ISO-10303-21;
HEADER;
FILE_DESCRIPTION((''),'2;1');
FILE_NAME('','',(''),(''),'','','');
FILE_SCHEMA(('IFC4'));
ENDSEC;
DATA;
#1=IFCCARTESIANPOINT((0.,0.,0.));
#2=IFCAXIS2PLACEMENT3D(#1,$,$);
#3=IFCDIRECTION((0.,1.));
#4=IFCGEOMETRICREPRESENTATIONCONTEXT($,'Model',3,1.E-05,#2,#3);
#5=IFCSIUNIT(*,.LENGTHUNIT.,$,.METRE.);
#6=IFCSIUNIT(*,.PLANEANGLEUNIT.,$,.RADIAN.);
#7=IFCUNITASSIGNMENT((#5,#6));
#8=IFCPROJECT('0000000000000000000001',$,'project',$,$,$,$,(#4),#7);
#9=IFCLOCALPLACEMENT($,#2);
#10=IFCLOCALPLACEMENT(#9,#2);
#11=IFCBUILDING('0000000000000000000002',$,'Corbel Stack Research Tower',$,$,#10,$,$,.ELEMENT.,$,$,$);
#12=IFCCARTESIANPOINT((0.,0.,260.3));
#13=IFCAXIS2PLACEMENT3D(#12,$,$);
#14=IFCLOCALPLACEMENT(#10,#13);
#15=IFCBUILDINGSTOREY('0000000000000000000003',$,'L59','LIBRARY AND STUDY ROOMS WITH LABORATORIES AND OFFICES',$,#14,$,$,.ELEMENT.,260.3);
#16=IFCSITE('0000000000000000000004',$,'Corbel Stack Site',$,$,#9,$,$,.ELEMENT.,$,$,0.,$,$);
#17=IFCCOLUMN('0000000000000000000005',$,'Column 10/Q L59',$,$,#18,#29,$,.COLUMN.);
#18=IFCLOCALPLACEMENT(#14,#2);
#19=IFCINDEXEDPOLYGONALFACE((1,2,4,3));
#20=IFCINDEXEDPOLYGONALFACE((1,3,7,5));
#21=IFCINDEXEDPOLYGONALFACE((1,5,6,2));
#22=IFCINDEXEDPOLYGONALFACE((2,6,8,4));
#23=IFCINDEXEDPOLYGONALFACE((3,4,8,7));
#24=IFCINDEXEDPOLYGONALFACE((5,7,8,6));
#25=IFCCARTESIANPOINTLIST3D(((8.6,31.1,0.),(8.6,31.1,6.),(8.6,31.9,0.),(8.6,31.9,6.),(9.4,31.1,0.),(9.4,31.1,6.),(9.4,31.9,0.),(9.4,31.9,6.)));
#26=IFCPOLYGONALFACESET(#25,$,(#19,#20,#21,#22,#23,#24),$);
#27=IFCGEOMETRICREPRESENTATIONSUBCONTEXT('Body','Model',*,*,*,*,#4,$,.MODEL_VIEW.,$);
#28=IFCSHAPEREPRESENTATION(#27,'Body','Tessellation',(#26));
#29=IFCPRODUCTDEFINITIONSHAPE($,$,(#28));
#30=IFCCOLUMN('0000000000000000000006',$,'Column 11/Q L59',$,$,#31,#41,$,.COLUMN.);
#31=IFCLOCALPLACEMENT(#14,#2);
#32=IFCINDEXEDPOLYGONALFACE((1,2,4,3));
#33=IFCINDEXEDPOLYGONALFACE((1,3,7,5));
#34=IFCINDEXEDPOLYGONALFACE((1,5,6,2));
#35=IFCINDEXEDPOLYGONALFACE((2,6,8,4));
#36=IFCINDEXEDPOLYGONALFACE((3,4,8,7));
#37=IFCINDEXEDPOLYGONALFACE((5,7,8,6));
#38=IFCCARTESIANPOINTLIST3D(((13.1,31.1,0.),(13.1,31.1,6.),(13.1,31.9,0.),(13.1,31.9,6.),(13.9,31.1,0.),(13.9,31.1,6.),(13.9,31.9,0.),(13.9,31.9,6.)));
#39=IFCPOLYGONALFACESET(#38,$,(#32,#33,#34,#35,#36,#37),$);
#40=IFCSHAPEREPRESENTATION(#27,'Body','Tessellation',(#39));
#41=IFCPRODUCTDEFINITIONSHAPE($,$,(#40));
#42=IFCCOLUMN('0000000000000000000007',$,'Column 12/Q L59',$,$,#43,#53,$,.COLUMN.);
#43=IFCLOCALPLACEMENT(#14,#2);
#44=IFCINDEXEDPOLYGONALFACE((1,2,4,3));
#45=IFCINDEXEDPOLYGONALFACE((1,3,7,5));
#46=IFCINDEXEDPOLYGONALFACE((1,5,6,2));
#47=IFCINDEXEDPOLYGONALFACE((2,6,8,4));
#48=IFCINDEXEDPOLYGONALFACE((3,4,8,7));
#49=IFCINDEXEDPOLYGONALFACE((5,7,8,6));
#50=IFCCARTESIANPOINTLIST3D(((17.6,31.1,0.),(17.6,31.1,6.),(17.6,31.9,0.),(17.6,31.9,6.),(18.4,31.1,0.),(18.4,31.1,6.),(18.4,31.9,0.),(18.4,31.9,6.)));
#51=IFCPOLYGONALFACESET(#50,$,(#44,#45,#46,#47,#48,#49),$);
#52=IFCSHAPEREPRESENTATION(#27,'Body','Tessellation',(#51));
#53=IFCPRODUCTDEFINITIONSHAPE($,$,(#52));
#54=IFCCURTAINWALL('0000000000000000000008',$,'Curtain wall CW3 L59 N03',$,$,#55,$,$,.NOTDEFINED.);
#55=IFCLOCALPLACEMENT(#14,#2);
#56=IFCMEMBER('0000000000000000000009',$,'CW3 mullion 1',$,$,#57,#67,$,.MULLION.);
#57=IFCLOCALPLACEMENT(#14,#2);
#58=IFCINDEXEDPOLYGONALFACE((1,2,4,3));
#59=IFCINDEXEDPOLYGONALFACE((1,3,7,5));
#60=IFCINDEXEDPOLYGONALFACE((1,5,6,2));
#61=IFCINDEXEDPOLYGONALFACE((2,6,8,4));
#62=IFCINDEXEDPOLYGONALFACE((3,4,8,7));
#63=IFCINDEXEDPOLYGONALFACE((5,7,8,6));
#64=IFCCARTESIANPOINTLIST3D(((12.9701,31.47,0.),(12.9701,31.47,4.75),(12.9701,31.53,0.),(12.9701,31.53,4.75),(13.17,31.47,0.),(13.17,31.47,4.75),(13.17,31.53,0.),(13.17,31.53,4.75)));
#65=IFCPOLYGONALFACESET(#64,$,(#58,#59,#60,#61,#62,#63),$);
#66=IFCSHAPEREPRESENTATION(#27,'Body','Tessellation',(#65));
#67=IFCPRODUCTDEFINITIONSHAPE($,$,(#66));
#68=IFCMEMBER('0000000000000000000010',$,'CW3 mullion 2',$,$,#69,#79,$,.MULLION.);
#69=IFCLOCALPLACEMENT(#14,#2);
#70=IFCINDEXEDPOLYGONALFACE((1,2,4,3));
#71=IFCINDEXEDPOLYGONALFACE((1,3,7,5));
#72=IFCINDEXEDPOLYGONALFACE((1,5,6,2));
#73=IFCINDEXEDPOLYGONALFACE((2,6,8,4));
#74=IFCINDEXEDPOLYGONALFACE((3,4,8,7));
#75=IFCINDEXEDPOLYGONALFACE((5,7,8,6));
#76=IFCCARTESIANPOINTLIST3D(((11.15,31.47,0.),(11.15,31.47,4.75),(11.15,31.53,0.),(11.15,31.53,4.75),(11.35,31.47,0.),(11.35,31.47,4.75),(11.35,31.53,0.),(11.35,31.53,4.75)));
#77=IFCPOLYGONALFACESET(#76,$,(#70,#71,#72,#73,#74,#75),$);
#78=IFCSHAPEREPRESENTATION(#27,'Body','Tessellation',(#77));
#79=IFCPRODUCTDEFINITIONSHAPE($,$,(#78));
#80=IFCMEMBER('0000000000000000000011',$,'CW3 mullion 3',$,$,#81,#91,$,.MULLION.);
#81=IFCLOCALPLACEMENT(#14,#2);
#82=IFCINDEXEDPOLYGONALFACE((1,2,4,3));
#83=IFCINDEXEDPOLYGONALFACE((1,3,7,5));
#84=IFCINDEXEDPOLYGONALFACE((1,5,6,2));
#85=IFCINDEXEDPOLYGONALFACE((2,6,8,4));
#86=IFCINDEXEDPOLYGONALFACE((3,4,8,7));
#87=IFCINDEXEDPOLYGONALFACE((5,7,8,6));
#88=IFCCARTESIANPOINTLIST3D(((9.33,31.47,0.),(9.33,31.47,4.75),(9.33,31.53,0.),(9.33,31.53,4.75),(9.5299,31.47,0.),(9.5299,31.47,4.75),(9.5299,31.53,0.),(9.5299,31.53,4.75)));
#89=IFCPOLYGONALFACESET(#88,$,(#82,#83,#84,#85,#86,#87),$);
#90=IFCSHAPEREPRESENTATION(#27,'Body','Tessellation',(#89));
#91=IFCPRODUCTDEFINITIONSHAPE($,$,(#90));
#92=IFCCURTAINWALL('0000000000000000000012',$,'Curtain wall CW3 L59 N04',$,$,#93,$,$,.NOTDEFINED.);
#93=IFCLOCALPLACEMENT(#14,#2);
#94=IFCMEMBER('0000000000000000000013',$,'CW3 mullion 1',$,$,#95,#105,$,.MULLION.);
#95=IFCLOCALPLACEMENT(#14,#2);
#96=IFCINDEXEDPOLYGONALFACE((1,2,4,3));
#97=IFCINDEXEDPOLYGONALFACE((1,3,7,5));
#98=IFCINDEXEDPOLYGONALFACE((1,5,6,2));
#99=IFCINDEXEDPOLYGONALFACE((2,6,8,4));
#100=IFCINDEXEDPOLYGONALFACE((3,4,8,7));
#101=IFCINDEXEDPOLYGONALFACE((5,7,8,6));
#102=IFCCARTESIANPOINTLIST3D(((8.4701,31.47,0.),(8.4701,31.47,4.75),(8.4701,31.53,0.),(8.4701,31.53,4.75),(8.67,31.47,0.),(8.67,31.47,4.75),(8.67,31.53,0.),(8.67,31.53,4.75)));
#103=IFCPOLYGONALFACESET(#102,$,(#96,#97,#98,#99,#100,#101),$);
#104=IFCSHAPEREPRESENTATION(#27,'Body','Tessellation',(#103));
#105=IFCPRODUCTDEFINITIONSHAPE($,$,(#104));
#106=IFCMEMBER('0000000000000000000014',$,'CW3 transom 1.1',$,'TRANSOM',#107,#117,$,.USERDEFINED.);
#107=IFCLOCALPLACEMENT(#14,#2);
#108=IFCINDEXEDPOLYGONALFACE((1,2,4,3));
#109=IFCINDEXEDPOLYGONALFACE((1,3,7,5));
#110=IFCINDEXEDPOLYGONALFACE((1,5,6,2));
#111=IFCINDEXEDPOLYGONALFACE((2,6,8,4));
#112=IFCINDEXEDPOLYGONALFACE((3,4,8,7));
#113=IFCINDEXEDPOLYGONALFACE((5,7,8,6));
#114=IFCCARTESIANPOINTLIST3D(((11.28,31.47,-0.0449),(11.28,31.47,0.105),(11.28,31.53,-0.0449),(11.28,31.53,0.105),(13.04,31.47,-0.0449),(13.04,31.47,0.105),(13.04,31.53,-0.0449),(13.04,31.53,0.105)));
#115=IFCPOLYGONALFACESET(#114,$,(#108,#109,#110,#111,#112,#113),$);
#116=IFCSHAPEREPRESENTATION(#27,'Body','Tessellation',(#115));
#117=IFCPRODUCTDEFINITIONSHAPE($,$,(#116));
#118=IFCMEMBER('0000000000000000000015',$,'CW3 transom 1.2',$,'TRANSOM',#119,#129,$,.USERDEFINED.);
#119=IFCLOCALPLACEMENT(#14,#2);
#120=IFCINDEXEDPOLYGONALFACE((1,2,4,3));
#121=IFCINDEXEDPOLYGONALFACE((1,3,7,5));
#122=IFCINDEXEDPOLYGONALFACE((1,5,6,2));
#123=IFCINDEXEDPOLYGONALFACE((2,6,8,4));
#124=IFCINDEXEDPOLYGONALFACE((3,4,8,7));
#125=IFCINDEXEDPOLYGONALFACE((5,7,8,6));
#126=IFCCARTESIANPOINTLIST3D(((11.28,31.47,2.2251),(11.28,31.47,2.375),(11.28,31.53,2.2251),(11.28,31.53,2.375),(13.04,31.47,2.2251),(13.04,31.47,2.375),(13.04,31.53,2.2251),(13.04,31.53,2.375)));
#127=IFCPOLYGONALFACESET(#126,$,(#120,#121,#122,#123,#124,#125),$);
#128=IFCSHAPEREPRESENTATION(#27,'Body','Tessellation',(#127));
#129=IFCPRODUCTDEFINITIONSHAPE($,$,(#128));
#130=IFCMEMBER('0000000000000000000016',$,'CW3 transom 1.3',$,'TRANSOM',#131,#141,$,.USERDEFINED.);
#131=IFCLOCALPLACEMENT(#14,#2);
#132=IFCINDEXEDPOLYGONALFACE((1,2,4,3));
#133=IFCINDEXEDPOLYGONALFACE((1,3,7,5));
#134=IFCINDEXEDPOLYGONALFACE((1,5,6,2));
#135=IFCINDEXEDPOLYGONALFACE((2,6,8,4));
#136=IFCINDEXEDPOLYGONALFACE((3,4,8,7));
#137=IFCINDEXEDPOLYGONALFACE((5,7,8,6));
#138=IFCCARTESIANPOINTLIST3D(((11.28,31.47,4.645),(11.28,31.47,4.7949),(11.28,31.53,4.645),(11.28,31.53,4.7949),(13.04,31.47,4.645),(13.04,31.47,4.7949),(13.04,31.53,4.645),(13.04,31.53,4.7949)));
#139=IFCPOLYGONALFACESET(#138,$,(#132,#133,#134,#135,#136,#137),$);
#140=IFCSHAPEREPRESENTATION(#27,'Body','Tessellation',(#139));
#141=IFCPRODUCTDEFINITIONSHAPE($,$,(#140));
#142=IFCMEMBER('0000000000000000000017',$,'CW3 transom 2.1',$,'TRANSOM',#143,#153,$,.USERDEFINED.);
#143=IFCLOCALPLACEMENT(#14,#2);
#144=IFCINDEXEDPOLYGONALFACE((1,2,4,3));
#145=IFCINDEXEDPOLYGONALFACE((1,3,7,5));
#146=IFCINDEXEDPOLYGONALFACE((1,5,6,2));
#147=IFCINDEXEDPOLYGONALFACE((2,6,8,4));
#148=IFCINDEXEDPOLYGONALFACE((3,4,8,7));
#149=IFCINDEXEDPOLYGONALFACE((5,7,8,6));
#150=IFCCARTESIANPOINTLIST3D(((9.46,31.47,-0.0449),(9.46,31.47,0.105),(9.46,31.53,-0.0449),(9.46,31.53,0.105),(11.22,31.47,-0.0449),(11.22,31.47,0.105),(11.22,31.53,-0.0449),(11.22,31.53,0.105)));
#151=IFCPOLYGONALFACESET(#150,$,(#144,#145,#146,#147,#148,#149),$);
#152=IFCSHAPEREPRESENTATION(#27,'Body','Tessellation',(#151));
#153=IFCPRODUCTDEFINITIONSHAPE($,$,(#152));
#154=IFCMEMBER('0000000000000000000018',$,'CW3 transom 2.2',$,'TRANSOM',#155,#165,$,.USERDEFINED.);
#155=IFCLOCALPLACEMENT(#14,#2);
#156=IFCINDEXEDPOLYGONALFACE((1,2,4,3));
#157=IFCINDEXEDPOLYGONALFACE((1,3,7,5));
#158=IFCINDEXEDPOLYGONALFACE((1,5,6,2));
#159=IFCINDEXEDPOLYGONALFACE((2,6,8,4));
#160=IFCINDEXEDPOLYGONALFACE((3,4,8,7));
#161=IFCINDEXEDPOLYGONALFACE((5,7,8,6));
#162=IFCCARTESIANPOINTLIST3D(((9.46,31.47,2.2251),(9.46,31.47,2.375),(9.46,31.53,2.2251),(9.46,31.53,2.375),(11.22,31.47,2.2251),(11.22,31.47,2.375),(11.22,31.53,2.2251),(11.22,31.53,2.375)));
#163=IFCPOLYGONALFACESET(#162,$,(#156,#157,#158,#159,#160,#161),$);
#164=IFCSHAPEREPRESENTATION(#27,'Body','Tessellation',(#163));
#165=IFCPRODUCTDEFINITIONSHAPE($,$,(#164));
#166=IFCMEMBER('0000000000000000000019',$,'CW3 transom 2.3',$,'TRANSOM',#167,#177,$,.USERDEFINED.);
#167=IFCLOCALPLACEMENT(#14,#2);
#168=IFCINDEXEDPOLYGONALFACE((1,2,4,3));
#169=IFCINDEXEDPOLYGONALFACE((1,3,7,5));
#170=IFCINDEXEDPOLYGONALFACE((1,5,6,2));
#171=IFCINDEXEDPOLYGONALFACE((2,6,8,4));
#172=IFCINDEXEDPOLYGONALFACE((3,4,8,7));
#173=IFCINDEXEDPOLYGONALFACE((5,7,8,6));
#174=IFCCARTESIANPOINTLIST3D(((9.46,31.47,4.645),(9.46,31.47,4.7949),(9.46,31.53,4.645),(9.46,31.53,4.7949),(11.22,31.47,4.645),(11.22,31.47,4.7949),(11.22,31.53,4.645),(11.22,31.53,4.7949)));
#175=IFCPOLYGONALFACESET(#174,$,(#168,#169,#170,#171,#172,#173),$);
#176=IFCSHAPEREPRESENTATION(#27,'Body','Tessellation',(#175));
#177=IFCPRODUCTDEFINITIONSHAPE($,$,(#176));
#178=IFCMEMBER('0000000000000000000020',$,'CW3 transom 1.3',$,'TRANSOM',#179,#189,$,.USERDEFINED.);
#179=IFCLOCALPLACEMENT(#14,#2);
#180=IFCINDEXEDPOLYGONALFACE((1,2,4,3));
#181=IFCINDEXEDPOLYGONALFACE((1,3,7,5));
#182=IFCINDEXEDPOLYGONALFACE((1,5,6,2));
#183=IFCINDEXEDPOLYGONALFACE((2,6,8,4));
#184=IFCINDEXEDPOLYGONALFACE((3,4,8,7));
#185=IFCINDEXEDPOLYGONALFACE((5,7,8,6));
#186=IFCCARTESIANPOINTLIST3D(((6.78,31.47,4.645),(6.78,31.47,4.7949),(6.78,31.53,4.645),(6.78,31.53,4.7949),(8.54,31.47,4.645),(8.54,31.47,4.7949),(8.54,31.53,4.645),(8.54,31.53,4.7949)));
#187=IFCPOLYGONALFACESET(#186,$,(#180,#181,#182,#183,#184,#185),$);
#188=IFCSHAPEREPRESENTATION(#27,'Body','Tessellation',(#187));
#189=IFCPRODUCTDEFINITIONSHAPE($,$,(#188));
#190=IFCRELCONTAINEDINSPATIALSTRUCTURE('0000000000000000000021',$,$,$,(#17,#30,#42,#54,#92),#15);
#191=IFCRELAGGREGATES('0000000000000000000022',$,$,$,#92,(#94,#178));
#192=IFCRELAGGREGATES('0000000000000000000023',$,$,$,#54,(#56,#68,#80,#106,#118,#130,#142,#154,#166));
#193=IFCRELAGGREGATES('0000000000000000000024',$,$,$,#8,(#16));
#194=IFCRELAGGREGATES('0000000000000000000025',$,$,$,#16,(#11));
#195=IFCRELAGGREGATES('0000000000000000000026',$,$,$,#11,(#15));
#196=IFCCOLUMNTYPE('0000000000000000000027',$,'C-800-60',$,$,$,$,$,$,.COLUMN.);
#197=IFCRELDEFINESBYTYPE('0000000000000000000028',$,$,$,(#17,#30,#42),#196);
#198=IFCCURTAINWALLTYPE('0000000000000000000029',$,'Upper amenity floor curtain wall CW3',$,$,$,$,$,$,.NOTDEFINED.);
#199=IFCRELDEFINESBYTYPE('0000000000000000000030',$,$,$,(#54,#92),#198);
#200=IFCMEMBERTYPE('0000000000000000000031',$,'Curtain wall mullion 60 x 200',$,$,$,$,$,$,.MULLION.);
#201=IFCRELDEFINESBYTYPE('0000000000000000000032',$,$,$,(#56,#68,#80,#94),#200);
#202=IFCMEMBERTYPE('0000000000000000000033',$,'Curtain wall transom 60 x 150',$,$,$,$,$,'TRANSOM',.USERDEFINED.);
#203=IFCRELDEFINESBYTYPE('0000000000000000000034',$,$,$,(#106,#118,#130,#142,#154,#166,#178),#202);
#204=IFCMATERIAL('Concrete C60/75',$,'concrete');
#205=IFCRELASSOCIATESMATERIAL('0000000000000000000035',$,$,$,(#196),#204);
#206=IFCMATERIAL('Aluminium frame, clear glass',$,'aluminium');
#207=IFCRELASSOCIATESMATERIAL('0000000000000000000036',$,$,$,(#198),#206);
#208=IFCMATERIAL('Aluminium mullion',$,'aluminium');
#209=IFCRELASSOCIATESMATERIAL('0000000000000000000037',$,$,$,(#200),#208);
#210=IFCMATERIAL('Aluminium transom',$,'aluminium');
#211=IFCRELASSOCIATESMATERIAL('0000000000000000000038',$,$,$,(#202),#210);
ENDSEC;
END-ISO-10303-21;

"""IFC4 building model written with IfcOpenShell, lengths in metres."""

from ifc_helpers import new_model, si_unit, direction, frame, origin, origin_2d, place, context, subcontext, project, spatial, rectangle, extrude, material, material_profile, profile_set, type_object, element, aggregate, save


model = new_model("IFC4")

# Units and contexts
model_context = context("Model", 3, precision=1e-05, world=origin(), true_north=direction((0.0, 1.0)))
body_context = subcontext(model_context, "Body", "Model", "MODEL_VIEW")
ifc_project = project(units=[si_unit("LENGTHUNIT", "METRE"), si_unit("PLANEANGLEUNIT", "RADIAN")], contexts=[model_context])

# Site, building, storey
site_placement = place(None, origin())
site = spatial("IfcSite", under=ifc_project, at=site_placement, Name="Corbel Stack Site", CompositionType="ELEMENT", RefElevation=0.0)
building_placement = place(site_placement, origin())
building = spatial("IfcBuilding", under=site, at=building_placement, Name="Corbel Stack Research Tower", CompositionType="ELEMENT")
storey_placement = place(building_placement, frame((0.0, 0.0, 260.3)))
storey = spatial("IfcBuildingStorey", under=building, at=storey_placement, Name="L59", Description="LIBRARY AND STUDY ROOMS WITH LABORATORIES AND OFFICES", CompositionType="ELEMENT", Elevation=260.3)

# Columns
ifc_material_1 = material(Name="Concrete C60/75", Category="concrete")
ifc_material_profile_1 = material_profile(ifc_material_1, rectangle(XDim=0.8, YDim=0.8, at=origin_2d()), Name="RC 800 x 800")
ifc_profile_set_1 = profile_set([ifc_material_profile_1], Name="Concrete C60/75")
column_type = type_object("IfcColumnType", Name="C-800-60", PredefinedType="COLUMN", material=ifc_profile_set_1)
for number, where, z_axis, x_axis, name in (
    (1, (9.0, 31.5, 0.0), (0.0, 0.0, 1.0), (1.0, 0.0, 0.0), "Column 10/Q L59"),
    (2, (13.5, 31.5, 0.0), (0.0, 0.0, 1.0), (1.0, 0.0, 0.0), "Column 11/Q L59"),
    (3, (18.0, 31.5, 0.0), (0.0, 0.0, 1.0), (1.0, 0.0, 0.0), "Column 12/Q L59"),
):
    element("IfcColumn", number, at=place(storey_placement, frame(where, z_axis=z_axis, x_axis=x_axis)), inside=storey, type_object=column_type, Name=name, PredefinedType="COLUMN", context=body_context, shape_type="SweptSolid", body=[
        extrude(rectangle(XDim=0.8, YDim=0.8, at=origin_2d()), origin(), (0.0, 0.0, 1.0), 6.0),
    ])

# Curtain wall, members
ifc_material_2 = material(Name="Aluminium frame, clear glass", Category="aluminium")
curtain_wall_type = type_object("IfcCurtainWallType", Name="Upper amenity floor curtain wall CW3", PredefinedType="NOTDEFINED", material=ifc_material_2)
curtain_wall_1_placement = place(storey_placement, origin())
curtain_wall_1 = element("IfcCurtainWall", 4, at=curtain_wall_1_placement, inside=storey, type_object=curtain_wall_type, Name="Curtain wall CW3 L59 N03", PredefinedType="NOTDEFINED")
ifc_material_3 = material(Name="Aluminium mullion", Category="aluminium")
ifc_material_profile_2 = material_profile(ifc_material_3, rectangle(XDim=0.0601, YDim=0.2, at=origin_2d()), Name="Mullion 60 x 200")
ifc_profile_set_2 = profile_set([ifc_material_profile_2], Name="Aluminium mullion")
member_type_1 = type_object("IfcMemberType", Name="Curtain wall mullion 60 x 200", PredefinedType="MULLION", material=ifc_profile_set_2)
member_1_placement = place(storey_placement, frame((13.0701, 31.5, 0.0), z_axis=(0.0, 0.0, 1.0), x_axis=(0.0, -1.0, 0.0)))
member_1 = element("IfcMember", 5, at=member_1_placement, type_object=member_type_1, Name="CW3 mullion 1", PredefinedType="MULLION", context=body_context, shape_type="SweptSolid", body=[
    extrude(rectangle(XDim=0.0601, YDim=0.2, at=origin_2d()), origin(), (0.0, 0.0, 1.0), 4.75),
])
member_2_placement = place(storey_placement, frame((11.25, 31.5, 0.0), z_axis=(0.0, 0.0, 1.0), x_axis=(0.0, -1.0, 0.0)))
member_2 = element("IfcMember", 6, at=member_2_placement, type_object=member_type_1, Name="CW3 mullion 2", PredefinedType="MULLION", context=body_context, shape_type="SweptSolid", body=[
    extrude(rectangle(XDim=0.0601, YDim=0.2, at=origin_2d()), origin(), (0.0, 0.0, 1.0), 4.75),
])
member_3_placement = place(storey_placement, frame((9.4299, 31.5, 0.0), z_axis=(0.0, 0.0, 1.0), x_axis=(0.0, -1.0, 0.0)))
member_3 = element("IfcMember", 7, at=member_3_placement, type_object=member_type_1, Name="CW3 mullion 3", PredefinedType="MULLION", context=body_context, shape_type="SweptSolid", body=[
    extrude(rectangle(XDim=0.0601, YDim=0.2, at=origin_2d()), origin(), (0.0, 0.0, 1.0), 4.75),
])

# Curtain wall, member
curtain_wall_2_placement = place(storey_placement, origin())
curtain_wall_2 = element("IfcCurtainWall", 8, at=curtain_wall_2_placement, inside=storey, type_object=curtain_wall_type, Name="Curtain wall CW3 L59 N04", PredefinedType="NOTDEFINED")
member_4_placement = place(storey_placement, frame((8.5701, 31.5, 0.0), z_axis=(0.0, 0.0, 1.0), x_axis=(0.0, -1.0, 0.0)))
member_4 = element("IfcMember", 9, at=member_4_placement, type_object=member_type_1, Name="CW3 mullion 1", PredefinedType="MULLION", context=body_context, shape_type="SweptSolid", body=[
    extrude(rectangle(XDim=0.0601, YDim=0.2, at=origin_2d()), origin(), (0.0, 0.0, 1.0), 4.75),
])

# Members
ifc_material_4 = material(Name="Aluminium transom", Category="aluminium")
ifc_material_profile_3 = material_profile(ifc_material_4, rectangle(XDim=0.0601, YDim=0.1499, at=origin_2d()), Name="Transom 60 x 150")
ifc_profile_set_3 = profile_set([ifc_material_profile_3], Name="Aluminium transom")
member_type_2 = type_object("IfcMemberType", Name="Curtain wall transom 60 x 150", ElementType="TRANSOM", PredefinedType="USERDEFINED", material=ifc_profile_set_3)
member_5_placement = place(storey_placement, frame((13.04, 31.5, 0.03), z_axis=(-1.0, 0.0, 0.0), x_axis=(0.0, -1.0, 0.0)))
member_5 = element("IfcMember", 10, at=member_5_placement, type_object=member_type_2, Name="CW3 transom 1.1", ObjectType="TRANSOM", PredefinedType="USERDEFINED", context=body_context, shape_type="SweptSolid", body=[
    extrude(rectangle(XDim=0.0601, YDim=0.1499, at=origin_2d()), origin(), (0.0, 0.0, 1.0), 1.76),
])
member_6_placement = place(storey_placement, frame((13.04, 31.5, 2.3), z_axis=(-1.0, 0.0, 0.0), x_axis=(0.0, -1.0, 0.0)))
member_6 = element("IfcMember", 11, at=member_6_placement, type_object=member_type_2, Name="CW3 transom 1.2", ObjectType="TRANSOM", PredefinedType="USERDEFINED", context=body_context, shape_type="SweptSolid", body=[
    extrude(rectangle(XDim=0.0601, YDim=0.1499, at=origin_2d()), origin(), (0.0, 0.0, 1.0), 1.76),
])
member_7_placement = place(storey_placement, frame((13.04, 31.5, 4.72), z_axis=(-1.0, 0.0, 0.0), x_axis=(0.0, -1.0, 0.0)))
member_7 = element("IfcMember", 12, at=member_7_placement, type_object=member_type_2, Name="CW3 transom 1.3", ObjectType="TRANSOM", PredefinedType="USERDEFINED", context=body_context, shape_type="SweptSolid", body=[
    extrude(rectangle(XDim=0.0601, YDim=0.1499, at=origin_2d()), origin(), (0.0, 0.0, 1.0), 1.76),
])
member_8_placement = place(storey_placement, frame((11.22, 31.5, 0.03), z_axis=(-1.0, 0.0, 0.0), x_axis=(0.0, -1.0, 0.0)))
member_8 = element("IfcMember", 13, at=member_8_placement, type_object=member_type_2, Name="CW3 transom 2.1", ObjectType="TRANSOM", PredefinedType="USERDEFINED", context=body_context, shape_type="SweptSolid", body=[
    extrude(rectangle(XDim=0.0601, YDim=0.1499, at=origin_2d()), origin(), (0.0, 0.0, 1.0), 1.76),
])
member_9_placement = place(storey_placement, frame((11.22, 31.5, 2.3), z_axis=(-1.0, 0.0, 0.0), x_axis=(0.0, -1.0, 0.0)))
member_9 = element("IfcMember", 14, at=member_9_placement, type_object=member_type_2, Name="CW3 transom 2.2", ObjectType="TRANSOM", PredefinedType="USERDEFINED", context=body_context, shape_type="SweptSolid", body=[
    extrude(rectangle(XDim=0.0601, YDim=0.1499, at=origin_2d()), origin(), (0.0, 0.0, 1.0), 1.76),
])
member_10_placement = place(storey_placement, frame((11.22, 31.5, 4.72), z_axis=(-1.0, 0.0, 0.0), x_axis=(0.0, -1.0, 0.0)))
member_10 = element("IfcMember", 15, at=member_10_placement, type_object=member_type_2, Name="CW3 transom 2.3", ObjectType="TRANSOM", PredefinedType="USERDEFINED", context=body_context, shape_type="SweptSolid", body=[
    extrude(rectangle(XDim=0.0601, YDim=0.1499, at=origin_2d()), origin(), (0.0, 0.0, 1.0), 1.76),
])
member_11_placement = place(storey_placement, frame((8.54, 31.5, 4.72), z_axis=(-1.0, 0.0, 0.0), x_axis=(0.0, -1.0, 0.0)))
member_11 = element("IfcMember", 16, at=member_11_placement, type_object=member_type_2, Name="CW3 transom 1.3", ObjectType="TRANSOM", PredefinedType="USERDEFINED", context=body_context, shape_type="SweptSolid", body=[
    extrude(rectangle(XDim=0.0601, YDim=0.1499, at=origin_2d()), origin(), (0.0, 0.0, 1.0), 1.76),
])
aggregate(curtain_wall_2, [member_4, member_11])

aggregate(curtain_wall_1, [member_1, member_2, member_3, member_5, member_6, member_7, member_8, member_9, member_10])

save(model, "model.ifc")
